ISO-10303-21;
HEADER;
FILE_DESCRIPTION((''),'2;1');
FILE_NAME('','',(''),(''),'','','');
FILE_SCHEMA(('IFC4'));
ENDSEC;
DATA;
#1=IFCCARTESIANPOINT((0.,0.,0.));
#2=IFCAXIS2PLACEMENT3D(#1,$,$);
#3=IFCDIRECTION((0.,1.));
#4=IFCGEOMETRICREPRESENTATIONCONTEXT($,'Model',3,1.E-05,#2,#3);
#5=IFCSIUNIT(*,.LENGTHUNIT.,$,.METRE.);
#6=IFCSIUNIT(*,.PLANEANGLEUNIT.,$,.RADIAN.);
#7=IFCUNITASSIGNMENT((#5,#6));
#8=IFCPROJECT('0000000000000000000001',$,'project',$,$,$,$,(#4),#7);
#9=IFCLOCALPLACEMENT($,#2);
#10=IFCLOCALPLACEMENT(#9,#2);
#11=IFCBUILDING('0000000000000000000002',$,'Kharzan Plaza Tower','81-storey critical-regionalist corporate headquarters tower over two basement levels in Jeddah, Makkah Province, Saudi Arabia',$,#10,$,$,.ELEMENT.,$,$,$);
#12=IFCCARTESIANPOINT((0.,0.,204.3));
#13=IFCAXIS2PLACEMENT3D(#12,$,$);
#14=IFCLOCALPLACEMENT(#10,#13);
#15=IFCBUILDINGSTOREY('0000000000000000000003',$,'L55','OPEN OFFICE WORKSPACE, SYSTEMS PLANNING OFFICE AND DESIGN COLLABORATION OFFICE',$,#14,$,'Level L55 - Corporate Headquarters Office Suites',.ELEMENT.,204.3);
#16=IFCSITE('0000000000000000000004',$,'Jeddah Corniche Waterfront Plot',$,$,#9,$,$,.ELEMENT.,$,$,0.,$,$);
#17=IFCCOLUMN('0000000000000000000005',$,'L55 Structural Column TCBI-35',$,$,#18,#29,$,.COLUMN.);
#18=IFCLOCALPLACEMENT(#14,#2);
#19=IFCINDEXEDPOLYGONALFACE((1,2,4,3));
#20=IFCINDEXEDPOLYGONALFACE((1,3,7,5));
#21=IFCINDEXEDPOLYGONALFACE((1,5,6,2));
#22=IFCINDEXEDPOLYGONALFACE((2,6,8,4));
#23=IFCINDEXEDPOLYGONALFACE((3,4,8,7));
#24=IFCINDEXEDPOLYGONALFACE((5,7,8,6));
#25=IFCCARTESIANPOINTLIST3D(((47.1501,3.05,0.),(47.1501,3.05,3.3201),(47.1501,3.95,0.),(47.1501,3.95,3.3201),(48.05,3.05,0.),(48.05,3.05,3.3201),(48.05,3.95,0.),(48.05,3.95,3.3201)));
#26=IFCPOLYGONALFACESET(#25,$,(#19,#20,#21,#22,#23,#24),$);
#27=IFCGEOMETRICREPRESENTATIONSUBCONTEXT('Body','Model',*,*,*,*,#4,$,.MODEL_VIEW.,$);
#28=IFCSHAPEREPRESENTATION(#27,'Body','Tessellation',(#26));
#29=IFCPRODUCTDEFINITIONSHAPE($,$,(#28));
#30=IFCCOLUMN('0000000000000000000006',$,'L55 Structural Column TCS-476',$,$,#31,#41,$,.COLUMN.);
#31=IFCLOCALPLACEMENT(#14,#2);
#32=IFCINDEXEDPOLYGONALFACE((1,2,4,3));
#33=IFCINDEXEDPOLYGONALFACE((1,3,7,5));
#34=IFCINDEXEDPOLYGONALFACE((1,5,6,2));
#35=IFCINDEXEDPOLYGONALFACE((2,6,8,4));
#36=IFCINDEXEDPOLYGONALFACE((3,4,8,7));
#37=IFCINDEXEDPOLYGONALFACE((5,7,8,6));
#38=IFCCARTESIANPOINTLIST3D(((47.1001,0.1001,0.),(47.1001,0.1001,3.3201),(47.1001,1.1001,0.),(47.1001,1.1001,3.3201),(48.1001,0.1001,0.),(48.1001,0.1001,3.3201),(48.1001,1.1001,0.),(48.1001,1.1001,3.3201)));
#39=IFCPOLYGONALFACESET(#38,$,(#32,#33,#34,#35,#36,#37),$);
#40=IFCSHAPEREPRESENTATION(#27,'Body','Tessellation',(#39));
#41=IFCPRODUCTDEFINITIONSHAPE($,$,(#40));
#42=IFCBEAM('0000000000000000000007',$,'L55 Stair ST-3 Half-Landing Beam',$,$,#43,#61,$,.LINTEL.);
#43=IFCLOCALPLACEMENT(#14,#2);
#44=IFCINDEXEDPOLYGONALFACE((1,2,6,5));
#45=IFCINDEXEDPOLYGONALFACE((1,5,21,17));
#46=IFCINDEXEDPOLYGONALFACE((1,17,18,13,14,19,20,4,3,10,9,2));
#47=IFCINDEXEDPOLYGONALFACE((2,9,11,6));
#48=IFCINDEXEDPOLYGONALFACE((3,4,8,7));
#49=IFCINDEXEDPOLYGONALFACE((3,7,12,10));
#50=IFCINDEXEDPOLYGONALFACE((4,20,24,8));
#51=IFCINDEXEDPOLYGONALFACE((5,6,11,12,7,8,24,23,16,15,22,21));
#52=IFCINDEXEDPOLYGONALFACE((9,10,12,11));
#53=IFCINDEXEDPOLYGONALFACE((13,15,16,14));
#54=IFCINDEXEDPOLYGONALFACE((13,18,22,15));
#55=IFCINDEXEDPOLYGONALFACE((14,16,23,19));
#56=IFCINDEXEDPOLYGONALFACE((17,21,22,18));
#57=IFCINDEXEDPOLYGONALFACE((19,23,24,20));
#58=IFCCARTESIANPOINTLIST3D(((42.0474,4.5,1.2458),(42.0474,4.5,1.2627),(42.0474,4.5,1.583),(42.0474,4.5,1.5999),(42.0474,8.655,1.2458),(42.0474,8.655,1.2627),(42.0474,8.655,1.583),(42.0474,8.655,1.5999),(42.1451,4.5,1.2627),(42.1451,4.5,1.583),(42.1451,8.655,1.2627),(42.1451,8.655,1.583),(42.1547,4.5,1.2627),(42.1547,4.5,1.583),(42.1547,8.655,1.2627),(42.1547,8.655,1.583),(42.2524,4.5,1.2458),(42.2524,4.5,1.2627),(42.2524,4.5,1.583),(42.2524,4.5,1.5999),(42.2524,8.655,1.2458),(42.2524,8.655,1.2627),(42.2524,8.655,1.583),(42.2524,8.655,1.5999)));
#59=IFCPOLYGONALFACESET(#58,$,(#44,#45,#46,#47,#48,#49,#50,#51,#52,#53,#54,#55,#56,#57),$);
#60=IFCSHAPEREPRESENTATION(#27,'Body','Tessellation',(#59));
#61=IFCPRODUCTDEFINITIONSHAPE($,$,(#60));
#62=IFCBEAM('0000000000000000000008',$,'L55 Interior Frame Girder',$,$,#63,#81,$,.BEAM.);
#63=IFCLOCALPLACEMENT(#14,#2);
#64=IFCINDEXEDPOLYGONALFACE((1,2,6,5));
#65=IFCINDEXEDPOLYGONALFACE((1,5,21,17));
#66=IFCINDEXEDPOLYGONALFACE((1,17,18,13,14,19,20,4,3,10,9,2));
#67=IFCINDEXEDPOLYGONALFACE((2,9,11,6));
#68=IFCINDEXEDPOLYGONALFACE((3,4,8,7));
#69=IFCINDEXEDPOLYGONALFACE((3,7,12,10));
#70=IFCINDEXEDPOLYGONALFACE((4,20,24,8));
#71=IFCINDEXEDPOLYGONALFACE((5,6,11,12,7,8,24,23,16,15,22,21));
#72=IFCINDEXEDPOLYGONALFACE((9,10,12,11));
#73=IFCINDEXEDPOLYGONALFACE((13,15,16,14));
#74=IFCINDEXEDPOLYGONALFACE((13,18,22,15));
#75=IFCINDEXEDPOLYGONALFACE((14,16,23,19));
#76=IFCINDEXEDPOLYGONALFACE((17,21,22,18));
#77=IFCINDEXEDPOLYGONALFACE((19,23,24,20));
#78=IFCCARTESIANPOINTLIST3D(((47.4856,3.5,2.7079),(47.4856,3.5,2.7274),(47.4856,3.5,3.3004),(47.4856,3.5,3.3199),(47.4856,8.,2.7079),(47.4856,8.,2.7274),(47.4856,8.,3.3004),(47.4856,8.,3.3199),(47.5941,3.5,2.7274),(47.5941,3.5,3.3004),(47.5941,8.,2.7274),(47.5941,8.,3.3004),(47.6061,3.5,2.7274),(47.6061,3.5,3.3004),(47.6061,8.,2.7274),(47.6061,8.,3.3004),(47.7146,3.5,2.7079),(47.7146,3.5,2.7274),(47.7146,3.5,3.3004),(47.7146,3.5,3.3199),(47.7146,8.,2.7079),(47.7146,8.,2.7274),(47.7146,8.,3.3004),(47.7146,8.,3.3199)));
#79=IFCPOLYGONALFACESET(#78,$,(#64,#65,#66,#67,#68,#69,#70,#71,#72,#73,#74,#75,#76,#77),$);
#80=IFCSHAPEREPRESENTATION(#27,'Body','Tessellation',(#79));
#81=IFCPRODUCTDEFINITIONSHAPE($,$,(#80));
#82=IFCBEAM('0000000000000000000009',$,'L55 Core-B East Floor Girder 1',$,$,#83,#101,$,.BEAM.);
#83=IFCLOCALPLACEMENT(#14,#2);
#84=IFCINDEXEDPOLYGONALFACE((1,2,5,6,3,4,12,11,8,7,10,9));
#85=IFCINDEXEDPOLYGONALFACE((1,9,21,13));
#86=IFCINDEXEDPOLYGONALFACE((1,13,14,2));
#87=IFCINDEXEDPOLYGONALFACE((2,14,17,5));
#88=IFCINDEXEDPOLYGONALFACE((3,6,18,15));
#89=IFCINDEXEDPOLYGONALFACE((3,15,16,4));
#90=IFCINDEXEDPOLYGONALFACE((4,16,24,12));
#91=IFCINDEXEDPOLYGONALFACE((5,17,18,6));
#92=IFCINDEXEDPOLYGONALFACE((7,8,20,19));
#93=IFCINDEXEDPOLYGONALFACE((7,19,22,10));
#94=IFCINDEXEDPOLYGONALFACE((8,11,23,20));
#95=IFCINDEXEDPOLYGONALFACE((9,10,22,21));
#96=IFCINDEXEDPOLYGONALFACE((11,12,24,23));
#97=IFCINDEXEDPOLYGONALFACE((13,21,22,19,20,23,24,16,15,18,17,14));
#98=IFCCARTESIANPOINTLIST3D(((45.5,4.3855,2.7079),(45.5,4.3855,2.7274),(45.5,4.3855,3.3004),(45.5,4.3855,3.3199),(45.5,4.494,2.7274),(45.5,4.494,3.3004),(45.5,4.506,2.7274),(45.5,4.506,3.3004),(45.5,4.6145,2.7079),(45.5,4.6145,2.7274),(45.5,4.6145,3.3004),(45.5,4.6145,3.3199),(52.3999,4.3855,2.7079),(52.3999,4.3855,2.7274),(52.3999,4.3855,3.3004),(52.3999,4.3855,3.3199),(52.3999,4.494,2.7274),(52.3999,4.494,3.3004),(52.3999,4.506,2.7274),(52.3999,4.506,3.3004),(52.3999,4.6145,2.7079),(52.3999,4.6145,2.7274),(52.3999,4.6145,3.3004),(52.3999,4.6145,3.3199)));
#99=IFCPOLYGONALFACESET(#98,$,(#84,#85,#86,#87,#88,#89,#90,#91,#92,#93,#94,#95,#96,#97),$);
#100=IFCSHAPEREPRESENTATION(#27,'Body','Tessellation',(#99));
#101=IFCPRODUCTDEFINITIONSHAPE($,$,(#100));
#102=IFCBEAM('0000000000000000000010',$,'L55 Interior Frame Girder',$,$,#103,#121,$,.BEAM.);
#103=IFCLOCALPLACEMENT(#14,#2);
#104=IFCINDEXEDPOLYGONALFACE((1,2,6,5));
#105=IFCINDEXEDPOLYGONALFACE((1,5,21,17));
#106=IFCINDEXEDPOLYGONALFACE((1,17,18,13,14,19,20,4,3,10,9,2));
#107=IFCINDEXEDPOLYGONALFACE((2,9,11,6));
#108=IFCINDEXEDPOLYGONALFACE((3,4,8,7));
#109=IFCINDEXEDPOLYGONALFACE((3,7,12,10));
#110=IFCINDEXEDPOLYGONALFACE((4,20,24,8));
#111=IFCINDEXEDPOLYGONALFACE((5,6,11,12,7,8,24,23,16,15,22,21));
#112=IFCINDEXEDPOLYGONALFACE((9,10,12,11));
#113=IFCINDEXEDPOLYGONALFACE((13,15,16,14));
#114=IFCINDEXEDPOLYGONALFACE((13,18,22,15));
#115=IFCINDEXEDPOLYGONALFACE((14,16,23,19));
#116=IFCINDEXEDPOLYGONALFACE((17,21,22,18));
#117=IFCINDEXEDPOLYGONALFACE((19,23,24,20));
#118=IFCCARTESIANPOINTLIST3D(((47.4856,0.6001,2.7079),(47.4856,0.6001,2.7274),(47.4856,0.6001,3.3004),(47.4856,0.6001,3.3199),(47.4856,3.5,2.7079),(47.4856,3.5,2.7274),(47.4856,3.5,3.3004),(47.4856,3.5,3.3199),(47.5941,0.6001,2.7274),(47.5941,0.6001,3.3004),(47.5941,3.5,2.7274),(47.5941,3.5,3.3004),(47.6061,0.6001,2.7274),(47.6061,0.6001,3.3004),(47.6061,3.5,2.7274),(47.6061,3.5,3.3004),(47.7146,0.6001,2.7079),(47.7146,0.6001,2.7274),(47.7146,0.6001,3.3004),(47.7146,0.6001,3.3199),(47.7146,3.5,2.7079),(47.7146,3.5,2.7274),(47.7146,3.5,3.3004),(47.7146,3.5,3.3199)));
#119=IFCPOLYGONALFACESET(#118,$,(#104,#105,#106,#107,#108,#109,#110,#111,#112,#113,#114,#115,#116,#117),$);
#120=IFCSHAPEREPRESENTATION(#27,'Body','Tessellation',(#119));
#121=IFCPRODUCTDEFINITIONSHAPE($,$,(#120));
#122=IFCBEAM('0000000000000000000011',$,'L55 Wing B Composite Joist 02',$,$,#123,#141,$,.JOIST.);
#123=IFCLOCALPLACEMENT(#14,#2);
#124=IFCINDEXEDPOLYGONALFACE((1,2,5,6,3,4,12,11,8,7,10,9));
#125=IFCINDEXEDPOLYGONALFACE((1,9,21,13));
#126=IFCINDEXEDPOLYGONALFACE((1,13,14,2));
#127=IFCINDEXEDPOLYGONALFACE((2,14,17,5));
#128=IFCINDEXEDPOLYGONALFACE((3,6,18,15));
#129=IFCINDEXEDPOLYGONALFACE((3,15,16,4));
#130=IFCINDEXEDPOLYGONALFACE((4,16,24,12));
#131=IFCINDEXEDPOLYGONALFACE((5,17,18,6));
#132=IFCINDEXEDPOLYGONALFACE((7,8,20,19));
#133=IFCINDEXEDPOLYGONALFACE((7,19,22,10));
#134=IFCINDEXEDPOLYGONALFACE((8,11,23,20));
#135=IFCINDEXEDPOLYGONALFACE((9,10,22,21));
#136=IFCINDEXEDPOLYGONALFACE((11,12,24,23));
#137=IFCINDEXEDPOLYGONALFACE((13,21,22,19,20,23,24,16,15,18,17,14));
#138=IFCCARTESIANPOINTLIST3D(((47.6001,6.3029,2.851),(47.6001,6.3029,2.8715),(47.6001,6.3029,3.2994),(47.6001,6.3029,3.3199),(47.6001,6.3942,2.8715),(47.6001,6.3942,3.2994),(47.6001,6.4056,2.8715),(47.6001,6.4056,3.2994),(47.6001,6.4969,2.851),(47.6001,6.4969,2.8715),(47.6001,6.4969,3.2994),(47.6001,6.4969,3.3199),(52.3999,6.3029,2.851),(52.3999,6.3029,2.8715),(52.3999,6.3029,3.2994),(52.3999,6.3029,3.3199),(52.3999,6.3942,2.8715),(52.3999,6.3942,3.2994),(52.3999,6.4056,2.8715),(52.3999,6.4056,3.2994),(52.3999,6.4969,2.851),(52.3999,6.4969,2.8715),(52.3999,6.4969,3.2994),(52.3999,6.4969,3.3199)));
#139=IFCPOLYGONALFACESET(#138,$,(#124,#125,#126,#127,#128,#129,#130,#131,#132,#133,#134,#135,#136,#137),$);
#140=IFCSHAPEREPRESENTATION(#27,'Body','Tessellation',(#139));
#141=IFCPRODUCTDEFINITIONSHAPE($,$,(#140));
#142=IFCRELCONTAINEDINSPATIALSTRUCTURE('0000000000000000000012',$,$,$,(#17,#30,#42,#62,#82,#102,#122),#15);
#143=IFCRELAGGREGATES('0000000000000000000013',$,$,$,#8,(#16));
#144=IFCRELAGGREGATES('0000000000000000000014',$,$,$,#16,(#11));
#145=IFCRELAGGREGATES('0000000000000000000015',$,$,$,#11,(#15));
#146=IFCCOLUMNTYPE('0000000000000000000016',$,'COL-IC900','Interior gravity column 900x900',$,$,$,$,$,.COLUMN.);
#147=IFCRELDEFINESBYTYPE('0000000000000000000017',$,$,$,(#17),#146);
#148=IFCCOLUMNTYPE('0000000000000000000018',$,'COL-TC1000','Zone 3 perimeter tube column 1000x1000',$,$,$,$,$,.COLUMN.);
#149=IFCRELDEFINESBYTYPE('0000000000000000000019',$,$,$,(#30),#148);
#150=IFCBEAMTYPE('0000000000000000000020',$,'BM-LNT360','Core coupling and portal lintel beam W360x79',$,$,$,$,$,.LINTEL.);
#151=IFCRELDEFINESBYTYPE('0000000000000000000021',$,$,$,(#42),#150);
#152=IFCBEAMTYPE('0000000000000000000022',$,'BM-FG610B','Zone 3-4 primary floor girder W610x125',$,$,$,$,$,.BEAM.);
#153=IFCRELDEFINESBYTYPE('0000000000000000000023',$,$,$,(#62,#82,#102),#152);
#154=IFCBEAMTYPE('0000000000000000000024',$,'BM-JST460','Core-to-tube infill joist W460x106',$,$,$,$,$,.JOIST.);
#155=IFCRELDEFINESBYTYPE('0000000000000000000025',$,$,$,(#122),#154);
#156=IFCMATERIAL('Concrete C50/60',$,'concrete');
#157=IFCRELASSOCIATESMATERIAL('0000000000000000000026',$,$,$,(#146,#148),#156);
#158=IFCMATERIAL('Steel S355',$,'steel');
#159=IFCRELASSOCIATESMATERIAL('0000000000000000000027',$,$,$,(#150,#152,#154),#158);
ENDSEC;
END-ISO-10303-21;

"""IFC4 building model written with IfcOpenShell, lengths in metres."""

from ifc_helpers import new_model, si_unit, direction, frame, origin, origin_2d, place, context, subcontext, project, spatial, rectangle, i_section, extrude, source, transform, mapped, material, material_profile, profile_set, type_object, element, save


model = new_model("IFC4")

# Units and contexts
model_context = context("Model", 3, precision=1e-05, world=origin(), true_north=direction((0.0, 1.0)))
body_context = subcontext(model_context, "Body", "Model", "MODEL_VIEW")
ifc_project = project(units=[si_unit("LENGTHUNIT", "METRE"), si_unit("PLANEANGLEUNIT", "RADIAN")], contexts=[model_context])

# Site, building, storey
site_placement = place(None, origin())
site = spatial("IfcSite", under=ifc_project, at=site_placement, Name="Jeddah Corniche Waterfront Plot", CompositionType="ELEMENT", RefElevation=0.0)
building_placement = place(site_placement, origin())
building = spatial("IfcBuilding", under=site, at=building_placement, Name="Kharzan Plaza Tower", Description="81-storey critical-regionalist corporate headquarters tower over two basement levels in Jeddah, Makkah Province, Saudi Arabia", CompositionType="ELEMENT")
storey_placement = place(building_placement, frame((0.0, 0.0, 204.3)))
storey = spatial("IfcBuildingStorey", under=building, at=storey_placement, Name="L55", Description="OPEN OFFICE WORKSPACE, SYSTEMS PLANNING OFFICE AND DESIGN COLLABORATION OFFICE", LongName="Level L55 - Corporate Headquarters Office Suites", CompositionType="ELEMENT", Elevation=204.3)

# Columns
ifc_material_1 = material(Name="Concrete C50/60", Category="concrete")
ifc_material_profile_1 = material_profile(ifc_material_1, rectangle(XDim=0.8999, YDim=0.8999, at=origin_2d()), Name="RC-IC900x900")
ifc_profile_set_1 = profile_set([ifc_material_profile_1], Name="Concrete C50/60")
column_type_1 = type_object("IfcColumnType", Name="COL-IC900", Description="Interior gravity column 900x900", PredefinedType="COLUMN", material=ifc_profile_set_1)
shared_shape_1 = source(origin(), body_context, "Body", "SweptSolid", [
    extrude(rectangle(XDim=0.8999, YDim=0.8999, at=origin_2d()), origin(), (0.0, 0.0, 1.0), 3.3201),
])
column_1_placement = place(storey_placement, frame((47.6001, 3.5, 0.0), z_axis=(0.0, 0.0, 1.0), x_axis=(1.0, 0.0, 0.0)))
element("IfcColumn", 1, at=column_1_placement, inside=storey, type_object=column_type_1, Name="L55 Structural Column TCBI-35", PredefinedType="COLUMN", context=body_context, shape_type="MappedRepresentation", body=[
    mapped(shared_shape_1, transform((0.0, 0.0, 0.0), x_axis=(1.0, 0.0, 0.0), y_axis=(0.0, 1.0, 0.0), z_axis=(0.0, 0.0, 1.0))),
])
ifc_material_profile_2 = material_profile(ifc_material_1, rectangle(XDim=1.0, YDim=1.0, at=origin_2d()), Name="RC-TC1000x1000")
ifc_profile_set_2 = profile_set([ifc_material_profile_2], Name="Concrete C50/60")
column_type_2 = type_object("IfcColumnType", Name="COL-TC1000", Description="Zone 3 perimeter tube column 1000x1000", PredefinedType="COLUMN", material=ifc_profile_set_2)
shared_shape_2 = source(origin(), body_context, "Body", "SweptSolid", [
    extrude(rectangle(XDim=1.0, YDim=1.0, at=origin_2d()), origin(), (0.0, 0.0, 1.0), 3.3201),
])
column_2_placement = place(storey_placement, frame((47.6001, 0.6001, 0.0), z_axis=(0.0, 0.0, 1.0), x_axis=(1.0, 0.0, 0.0)))
element("IfcColumn", 2, at=column_2_placement, inside=storey, type_object=column_type_2, Name="L55 Structural Column TCS-476", PredefinedType="COLUMN", context=body_context, shape_type="MappedRepresentation", body=[
    mapped(shared_shape_2, transform((0.0, 0.0, 0.0), x_axis=(1.0, 0.0, 0.0), y_axis=(0.0, 1.0, 0.0), z_axis=(0.0, 0.0, 1.0))),
])

# Beams
ifc_material_2 = material(Name="Steel S355", Category="steel")
ifc_material_profile_3 = material_profile(ifc_material_2, i_section(OverallWidth=0.2051, OverallDepth=0.354, WebThickness=0.0095, FlangeThickness=0.0168, at=origin_2d()), Name="W360x79")
ifc_profile_set_3 = profile_set([ifc_material_profile_3], Name="Steel S355")
beam_type_1 = type_object("IfcBeamType", Name="BM-LNT360", Description="Core coupling and portal lintel beam W360x79", PredefinedType="LINTEL", material=ifc_profile_set_3)
shared_shape_3 = source(origin(), body_context, "Body", "SweptSolid", [
    extrude(i_section(OverallWidth=0.2051, OverallDepth=0.354, WebThickness=0.0095, FlangeThickness=0.0168, at=origin_2d()), origin(), (0.0, 0.0, 1.0), 4.155),
])
beam_1_placement = place(storey_placement, frame((42.1499, 4.5, 1.4229), z_axis=(0.0, 1.0, 0.0), x_axis=(-1.0, 0.0, 0.0)))
element("IfcBeam", 3, at=beam_1_placement, inside=storey, type_object=beam_type_1, Name="L55 Stair ST-3 Half-Landing Beam", PredefinedType="LINTEL", context=body_context, shape_type="MappedRepresentation", body=[
    mapped(shared_shape_3, transform((0.0, 0.0, 0.0), x_axis=(1.0, 0.0, 0.0), y_axis=(0.0, 1.0, 0.0), z_axis=(0.0, 0.0, 1.0))),
])
ifc_material_profile_4 = material_profile(ifc_material_2, i_section(OverallWidth=0.229, OverallDepth=0.6121, WebThickness=0.012, FlangeThickness=0.0195, at=origin_2d()), Name="W610x125")
ifc_profile_set_4 = profile_set([ifc_material_profile_4], Name="Steel S355")
beam_type_2 = type_object("IfcBeamType", Name="BM-FG610B", Description="Zone 3-4 primary floor girder W610x125", PredefinedType="BEAM", material=ifc_profile_set_4)
shared_shape_4 = source(origin(), body_context, "Body", "SweptSolid", [
    extrude(i_section(OverallWidth=0.229, OverallDepth=0.6121, WebThickness=0.012, FlangeThickness=0.0195, at=origin_2d()), origin(), (0.0, 0.0, 1.0), 4.5),
])
beam_2_placement = place(storey_placement, frame((47.6001, 3.5, 3.0139), z_axis=(0.0, 1.0, 0.0), x_axis=(-1.0, 0.0, 0.0)))
element("IfcBeam", 4, at=beam_2_placement, inside=storey, type_object=beam_type_2, Name="L55 Interior Frame Girder", PredefinedType="BEAM", context=body_context, shape_type="MappedRepresentation", body=[
    mapped(shared_shape_4, transform((0.0, 0.0, 0.0), x_axis=(1.0, 0.0, 0.0), y_axis=(0.0, 1.0, 0.0), z_axis=(0.0, 0.0, 1.0))),
])
shared_shape_5 = source(origin(), body_context, "Body", "SweptSolid", [
    extrude(i_section(OverallWidth=0.229, OverallDepth=0.6121, WebThickness=0.012, FlangeThickness=0.0195, at=origin_2d()), origin(), (0.0, 0.0, 1.0), 6.8999),
])
beam_3_placement = place(storey_placement, frame((45.5, 4.5, 3.0139), z_axis=(1.0, 0.0, 0.0), x_axis=(0.0, 1.0, 0.0)))
element("IfcBeam", 5, at=beam_3_placement, inside=storey, type_object=beam_type_2, Name="L55 Core-B East Floor Girder 1", PredefinedType="BEAM", context=body_context, shape_type="MappedRepresentation", body=[
    mapped(shared_shape_5, transform((0.0, 0.0, 0.0), x_axis=(1.0, 0.0, 0.0), y_axis=(0.0, 1.0, 0.0), z_axis=(0.0, 0.0, 1.0))),
])
shared_shape_6 = source(origin(), body_context, "Body", "SweptSolid", [
    extrude(i_section(OverallWidth=0.229, OverallDepth=0.6121, WebThickness=0.012, FlangeThickness=0.0195, at=origin_2d()), origin(), (0.0, 0.0, 1.0), 2.8999),
])
beam_4_placement = place(storey_placement, frame((47.6001, 0.6001, 3.0139), z_axis=(0.0, 1.0, 0.0), x_axis=(-1.0, 0.0, 0.0)))
element("IfcBeam", 6, at=beam_4_placement, inside=storey, type_object=beam_type_2, Name="L55 Interior Frame Girder", PredefinedType="BEAM", context=body_context, shape_type="MappedRepresentation", body=[
    mapped(shared_shape_6, transform((0.0, 0.0, 0.0), x_axis=(1.0, 0.0, 0.0), y_axis=(0.0, 1.0, 0.0), z_axis=(0.0, 0.0, 1.0))),
])
ifc_material_profile_5 = material_profile(ifc_material_2, i_section(OverallWidth=0.1941, OverallDepth=0.469, WebThickness=0.0115, FlangeThickness=0.0205, at=origin_2d()), Name="W460x106")
ifc_profile_set_5 = profile_set([ifc_material_profile_5], Name="Steel S355")
beam_type_3 = type_object("IfcBeamType", Name="BM-JST460", Description="Core-to-tube infill joist W460x106", PredefinedType="JOIST", material=ifc_profile_set_5)
shared_shape_7 = source(origin(), body_context, "Body", "SweptSolid", [
    extrude(i_section(OverallWidth=0.1941, OverallDepth=0.469, WebThickness=0.0115, FlangeThickness=0.0205, at=origin_2d()), origin(), (0.0, 0.0, 1.0), 4.7998),
])
beam_5_placement = place(storey_placement, frame((47.6001, 6.3999, 3.0854), z_axis=(1.0, 0.0, 0.0), x_axis=(0.0, 1.0, 0.0)))
element("IfcBeam", 7, at=beam_5_placement, inside=storey, type_object=beam_type_3, Name="L55 Wing B Composite Joist 02", PredefinedType="JOIST", context=body_context, shape_type="MappedRepresentation", body=[
    mapped(shared_shape_7, transform((0.0, 0.0, 0.0), x_axis=(1.0, 0.0, 0.0), y_axis=(0.0, 1.0, 0.0), z_axis=(0.0, 0.0, 1.0))),
])

save(model, "model.ifc")
